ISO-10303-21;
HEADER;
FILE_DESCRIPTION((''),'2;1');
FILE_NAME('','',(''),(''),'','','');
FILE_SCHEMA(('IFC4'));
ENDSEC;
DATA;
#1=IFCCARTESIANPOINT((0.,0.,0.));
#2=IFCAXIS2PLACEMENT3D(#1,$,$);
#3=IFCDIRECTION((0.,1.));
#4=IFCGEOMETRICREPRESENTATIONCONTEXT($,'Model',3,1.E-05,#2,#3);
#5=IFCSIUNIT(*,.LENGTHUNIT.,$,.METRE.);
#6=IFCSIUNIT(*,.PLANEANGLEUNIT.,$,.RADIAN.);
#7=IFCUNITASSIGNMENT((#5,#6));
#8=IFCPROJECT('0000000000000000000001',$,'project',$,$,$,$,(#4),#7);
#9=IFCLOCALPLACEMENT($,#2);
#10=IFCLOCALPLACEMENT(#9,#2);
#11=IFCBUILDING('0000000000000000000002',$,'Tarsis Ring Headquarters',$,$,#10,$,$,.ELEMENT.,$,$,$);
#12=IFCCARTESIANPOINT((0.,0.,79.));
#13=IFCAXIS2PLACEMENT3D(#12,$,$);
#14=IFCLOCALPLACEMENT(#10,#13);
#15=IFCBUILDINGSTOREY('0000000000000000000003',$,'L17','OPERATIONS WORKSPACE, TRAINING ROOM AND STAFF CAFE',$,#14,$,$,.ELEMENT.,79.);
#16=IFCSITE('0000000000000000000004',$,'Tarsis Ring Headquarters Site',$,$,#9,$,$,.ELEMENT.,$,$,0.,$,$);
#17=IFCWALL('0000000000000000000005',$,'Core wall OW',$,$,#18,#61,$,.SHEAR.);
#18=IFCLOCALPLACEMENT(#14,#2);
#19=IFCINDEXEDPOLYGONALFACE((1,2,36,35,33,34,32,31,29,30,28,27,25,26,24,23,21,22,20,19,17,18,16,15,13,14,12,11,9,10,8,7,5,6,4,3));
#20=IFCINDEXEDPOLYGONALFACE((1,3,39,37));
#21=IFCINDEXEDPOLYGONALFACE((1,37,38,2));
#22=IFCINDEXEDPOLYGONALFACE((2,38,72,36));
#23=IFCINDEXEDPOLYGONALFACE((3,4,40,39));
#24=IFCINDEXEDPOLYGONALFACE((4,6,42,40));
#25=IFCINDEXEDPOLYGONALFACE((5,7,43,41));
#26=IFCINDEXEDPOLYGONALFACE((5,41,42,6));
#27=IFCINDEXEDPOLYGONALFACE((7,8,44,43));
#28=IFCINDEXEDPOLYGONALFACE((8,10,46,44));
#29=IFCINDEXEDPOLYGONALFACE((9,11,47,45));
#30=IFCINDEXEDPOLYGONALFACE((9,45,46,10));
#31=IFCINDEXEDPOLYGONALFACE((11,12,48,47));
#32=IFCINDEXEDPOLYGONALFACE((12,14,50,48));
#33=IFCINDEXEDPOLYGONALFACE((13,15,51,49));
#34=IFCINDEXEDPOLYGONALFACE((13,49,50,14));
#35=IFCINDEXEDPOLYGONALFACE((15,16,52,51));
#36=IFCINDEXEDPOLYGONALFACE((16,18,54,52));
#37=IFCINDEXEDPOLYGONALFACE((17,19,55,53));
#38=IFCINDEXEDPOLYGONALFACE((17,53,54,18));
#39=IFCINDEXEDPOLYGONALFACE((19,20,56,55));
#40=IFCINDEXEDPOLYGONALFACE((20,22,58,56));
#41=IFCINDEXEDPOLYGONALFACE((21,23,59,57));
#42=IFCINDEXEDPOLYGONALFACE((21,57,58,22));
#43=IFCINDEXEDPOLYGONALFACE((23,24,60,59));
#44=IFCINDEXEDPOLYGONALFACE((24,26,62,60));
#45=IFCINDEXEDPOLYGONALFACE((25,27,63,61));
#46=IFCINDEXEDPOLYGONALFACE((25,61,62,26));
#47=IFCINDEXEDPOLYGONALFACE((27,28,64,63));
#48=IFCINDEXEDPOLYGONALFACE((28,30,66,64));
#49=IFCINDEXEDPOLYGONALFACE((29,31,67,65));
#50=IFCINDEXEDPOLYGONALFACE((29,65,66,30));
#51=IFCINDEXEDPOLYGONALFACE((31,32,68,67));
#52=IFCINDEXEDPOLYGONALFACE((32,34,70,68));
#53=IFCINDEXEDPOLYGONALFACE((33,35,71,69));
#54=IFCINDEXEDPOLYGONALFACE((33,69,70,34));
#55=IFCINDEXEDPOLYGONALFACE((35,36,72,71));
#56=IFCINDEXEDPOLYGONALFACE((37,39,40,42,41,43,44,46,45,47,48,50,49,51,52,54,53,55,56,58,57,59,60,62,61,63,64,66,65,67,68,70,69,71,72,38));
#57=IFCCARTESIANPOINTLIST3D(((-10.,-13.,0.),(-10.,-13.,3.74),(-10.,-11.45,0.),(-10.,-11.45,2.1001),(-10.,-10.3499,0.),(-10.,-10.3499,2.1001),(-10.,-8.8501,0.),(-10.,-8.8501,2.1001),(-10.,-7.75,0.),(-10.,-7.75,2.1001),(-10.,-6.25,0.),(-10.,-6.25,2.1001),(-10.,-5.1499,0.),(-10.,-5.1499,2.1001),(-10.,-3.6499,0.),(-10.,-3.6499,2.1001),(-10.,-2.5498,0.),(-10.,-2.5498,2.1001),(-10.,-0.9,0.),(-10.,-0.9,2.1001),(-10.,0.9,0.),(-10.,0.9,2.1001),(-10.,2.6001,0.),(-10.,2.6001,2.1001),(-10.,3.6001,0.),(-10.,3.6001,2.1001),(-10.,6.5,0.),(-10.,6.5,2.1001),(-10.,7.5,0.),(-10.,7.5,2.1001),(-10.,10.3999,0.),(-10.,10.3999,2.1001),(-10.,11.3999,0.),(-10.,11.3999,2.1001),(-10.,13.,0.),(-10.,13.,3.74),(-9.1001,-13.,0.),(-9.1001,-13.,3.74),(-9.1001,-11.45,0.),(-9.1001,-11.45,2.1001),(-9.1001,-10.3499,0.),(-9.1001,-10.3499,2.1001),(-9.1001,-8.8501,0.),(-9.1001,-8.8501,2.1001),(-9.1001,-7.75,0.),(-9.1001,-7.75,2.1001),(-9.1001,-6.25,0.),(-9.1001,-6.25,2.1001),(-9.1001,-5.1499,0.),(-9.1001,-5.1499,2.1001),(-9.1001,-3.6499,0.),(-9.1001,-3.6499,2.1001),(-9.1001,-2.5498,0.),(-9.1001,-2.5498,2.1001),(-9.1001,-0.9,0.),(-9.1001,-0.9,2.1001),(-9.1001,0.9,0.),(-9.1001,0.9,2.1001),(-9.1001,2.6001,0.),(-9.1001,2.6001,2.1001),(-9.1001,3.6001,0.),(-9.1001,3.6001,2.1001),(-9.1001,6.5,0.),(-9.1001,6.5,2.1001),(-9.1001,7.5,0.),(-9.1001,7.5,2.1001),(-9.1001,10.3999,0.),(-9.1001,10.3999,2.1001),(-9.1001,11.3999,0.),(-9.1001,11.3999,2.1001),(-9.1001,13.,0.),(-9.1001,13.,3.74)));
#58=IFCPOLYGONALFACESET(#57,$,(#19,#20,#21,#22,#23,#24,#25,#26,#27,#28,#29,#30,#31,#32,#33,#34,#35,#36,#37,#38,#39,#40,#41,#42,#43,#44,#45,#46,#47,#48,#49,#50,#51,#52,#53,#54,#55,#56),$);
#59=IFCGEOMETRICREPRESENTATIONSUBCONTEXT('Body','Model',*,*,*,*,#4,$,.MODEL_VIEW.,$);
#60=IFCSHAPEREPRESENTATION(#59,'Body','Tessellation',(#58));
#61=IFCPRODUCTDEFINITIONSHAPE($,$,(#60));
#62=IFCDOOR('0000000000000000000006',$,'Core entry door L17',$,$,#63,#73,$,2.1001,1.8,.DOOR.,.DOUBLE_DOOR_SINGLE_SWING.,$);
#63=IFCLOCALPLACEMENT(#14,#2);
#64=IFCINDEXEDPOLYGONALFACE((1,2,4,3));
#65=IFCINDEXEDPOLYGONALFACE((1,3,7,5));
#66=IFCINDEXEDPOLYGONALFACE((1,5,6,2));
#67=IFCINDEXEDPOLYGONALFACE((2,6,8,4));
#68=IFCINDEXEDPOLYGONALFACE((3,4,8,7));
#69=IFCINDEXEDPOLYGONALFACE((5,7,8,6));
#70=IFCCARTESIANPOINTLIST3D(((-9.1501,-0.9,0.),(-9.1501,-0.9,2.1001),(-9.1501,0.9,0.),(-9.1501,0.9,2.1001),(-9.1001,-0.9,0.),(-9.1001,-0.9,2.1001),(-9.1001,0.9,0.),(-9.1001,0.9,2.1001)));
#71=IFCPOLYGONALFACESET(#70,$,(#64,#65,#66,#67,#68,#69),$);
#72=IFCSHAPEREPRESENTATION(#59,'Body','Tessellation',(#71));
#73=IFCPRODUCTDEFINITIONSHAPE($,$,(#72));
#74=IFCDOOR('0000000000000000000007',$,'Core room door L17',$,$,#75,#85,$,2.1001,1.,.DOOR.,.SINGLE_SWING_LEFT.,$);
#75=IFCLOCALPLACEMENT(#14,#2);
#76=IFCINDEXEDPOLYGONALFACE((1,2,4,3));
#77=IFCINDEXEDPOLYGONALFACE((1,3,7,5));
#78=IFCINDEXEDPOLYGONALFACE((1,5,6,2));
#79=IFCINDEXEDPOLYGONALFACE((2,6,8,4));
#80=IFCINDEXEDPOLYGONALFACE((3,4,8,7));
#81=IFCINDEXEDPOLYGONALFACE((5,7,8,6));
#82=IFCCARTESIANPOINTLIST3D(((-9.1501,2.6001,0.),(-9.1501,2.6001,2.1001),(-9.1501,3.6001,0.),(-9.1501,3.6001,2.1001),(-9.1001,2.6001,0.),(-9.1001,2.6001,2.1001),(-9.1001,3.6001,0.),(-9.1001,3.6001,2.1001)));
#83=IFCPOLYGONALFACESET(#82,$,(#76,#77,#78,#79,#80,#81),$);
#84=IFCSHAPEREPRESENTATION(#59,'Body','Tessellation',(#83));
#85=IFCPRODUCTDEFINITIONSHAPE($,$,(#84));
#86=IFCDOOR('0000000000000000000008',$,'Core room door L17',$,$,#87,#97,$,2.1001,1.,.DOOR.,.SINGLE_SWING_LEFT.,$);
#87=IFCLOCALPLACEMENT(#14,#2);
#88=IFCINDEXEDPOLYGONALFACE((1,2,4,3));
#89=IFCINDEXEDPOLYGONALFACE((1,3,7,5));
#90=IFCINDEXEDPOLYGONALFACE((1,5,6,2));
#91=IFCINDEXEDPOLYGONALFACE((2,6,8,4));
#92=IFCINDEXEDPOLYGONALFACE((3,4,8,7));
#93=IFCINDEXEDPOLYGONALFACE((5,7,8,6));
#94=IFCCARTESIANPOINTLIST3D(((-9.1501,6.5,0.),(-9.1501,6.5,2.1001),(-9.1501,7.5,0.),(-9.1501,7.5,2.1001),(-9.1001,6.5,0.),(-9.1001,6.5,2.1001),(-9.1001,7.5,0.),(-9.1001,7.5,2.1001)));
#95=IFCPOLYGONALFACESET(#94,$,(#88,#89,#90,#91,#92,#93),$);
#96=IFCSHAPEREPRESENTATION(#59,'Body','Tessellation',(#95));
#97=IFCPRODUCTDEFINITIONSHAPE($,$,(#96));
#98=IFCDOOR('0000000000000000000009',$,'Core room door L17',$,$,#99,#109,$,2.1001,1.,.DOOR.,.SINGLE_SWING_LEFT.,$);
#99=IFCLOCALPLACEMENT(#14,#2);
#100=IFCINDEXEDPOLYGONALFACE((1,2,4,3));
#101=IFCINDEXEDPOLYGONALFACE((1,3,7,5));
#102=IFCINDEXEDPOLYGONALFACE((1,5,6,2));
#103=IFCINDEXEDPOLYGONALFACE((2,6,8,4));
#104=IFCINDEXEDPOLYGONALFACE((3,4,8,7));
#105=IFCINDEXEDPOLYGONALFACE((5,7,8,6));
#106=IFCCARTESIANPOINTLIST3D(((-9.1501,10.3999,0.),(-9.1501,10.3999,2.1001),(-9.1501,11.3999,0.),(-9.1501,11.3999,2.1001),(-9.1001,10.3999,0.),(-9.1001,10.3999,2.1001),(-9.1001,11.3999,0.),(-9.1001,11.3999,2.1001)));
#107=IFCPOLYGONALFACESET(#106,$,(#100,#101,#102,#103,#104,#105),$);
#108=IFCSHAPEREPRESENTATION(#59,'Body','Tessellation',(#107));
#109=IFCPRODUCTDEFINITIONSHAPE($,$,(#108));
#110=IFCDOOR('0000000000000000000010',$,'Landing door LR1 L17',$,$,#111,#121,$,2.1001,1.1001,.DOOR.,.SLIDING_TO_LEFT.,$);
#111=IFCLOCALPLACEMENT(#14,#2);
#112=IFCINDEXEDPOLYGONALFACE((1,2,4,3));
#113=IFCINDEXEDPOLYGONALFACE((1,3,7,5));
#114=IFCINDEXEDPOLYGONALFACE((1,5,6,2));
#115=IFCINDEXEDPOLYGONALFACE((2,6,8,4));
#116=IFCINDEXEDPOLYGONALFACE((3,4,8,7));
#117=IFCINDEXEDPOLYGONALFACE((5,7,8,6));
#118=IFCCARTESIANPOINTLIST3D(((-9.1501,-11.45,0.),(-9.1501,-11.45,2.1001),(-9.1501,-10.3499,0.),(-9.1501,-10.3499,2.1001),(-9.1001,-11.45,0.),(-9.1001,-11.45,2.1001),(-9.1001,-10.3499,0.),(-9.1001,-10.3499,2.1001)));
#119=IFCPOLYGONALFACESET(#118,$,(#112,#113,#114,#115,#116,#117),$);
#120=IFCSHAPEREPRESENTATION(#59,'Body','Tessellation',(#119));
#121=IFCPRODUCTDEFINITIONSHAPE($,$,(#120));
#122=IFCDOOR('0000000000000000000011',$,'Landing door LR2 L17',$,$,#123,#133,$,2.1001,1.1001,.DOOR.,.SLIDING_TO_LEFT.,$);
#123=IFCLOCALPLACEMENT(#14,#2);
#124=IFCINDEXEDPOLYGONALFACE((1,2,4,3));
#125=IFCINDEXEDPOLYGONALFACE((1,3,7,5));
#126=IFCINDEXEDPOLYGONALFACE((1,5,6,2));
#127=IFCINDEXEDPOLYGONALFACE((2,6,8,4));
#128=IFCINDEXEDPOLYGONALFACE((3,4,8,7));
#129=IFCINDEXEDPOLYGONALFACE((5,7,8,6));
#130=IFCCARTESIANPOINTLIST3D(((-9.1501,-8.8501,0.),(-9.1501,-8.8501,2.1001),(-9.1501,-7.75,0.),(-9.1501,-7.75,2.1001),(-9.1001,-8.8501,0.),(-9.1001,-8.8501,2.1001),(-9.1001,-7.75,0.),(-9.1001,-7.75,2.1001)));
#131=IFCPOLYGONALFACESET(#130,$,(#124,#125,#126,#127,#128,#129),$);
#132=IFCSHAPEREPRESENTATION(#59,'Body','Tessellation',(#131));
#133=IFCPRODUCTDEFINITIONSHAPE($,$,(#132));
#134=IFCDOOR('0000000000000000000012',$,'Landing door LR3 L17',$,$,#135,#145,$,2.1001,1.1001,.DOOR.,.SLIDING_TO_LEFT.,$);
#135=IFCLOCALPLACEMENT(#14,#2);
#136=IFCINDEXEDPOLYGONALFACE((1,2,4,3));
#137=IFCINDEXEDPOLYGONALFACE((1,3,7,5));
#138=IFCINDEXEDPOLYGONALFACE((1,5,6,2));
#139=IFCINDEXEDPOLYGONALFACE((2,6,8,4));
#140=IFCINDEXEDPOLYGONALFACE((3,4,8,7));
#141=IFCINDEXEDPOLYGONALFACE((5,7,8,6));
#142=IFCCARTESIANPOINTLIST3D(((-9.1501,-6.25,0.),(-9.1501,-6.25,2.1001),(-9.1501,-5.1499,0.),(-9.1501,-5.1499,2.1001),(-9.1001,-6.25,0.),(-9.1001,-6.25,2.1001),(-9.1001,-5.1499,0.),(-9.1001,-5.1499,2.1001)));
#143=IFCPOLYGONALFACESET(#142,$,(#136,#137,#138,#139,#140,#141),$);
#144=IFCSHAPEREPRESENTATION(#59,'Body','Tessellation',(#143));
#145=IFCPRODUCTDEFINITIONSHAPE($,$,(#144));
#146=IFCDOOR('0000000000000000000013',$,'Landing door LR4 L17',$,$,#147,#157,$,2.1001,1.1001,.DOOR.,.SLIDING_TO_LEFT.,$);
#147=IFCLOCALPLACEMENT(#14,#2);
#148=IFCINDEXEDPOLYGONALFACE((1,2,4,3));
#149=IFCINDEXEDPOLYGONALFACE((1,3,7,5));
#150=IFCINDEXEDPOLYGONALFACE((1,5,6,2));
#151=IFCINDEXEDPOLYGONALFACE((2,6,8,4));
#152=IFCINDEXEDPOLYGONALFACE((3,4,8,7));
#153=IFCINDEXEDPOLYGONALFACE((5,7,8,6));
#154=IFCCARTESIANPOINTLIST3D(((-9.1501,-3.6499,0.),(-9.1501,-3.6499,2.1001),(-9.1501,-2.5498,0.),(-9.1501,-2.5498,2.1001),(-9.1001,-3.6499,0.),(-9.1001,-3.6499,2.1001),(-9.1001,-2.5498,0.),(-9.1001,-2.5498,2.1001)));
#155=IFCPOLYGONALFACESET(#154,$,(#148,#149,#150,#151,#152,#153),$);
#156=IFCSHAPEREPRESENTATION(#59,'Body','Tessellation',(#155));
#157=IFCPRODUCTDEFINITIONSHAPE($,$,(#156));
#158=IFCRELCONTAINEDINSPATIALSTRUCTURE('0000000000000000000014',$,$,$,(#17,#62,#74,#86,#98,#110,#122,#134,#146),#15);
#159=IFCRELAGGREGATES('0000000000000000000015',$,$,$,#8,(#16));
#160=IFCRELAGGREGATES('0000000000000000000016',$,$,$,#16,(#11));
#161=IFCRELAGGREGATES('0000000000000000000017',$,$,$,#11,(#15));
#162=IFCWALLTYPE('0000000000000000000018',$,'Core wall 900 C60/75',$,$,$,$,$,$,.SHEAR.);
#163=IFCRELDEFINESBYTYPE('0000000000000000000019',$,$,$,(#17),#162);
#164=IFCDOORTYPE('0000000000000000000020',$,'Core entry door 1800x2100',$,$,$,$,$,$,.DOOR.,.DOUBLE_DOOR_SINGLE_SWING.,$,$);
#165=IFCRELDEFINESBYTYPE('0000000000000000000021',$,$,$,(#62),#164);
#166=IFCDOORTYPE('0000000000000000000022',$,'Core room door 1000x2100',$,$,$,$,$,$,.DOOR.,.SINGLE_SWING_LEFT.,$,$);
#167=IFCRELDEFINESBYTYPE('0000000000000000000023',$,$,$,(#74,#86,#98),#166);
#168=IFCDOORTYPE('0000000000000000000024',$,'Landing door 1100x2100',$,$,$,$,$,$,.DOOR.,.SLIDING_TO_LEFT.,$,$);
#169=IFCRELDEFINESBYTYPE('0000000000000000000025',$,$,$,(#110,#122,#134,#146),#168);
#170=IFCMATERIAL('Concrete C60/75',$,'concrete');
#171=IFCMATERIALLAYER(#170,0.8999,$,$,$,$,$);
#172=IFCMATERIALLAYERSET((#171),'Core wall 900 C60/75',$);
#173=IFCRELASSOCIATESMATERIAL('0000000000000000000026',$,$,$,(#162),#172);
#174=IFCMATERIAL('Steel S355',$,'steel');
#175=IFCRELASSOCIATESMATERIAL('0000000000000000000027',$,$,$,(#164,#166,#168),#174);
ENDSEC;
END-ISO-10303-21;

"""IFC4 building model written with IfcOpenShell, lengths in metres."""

from ifc_helpers import new_model, si_unit, direction, frame, frame_2d, origin, place, context, subcontext, project, spatial, rectangle, extrude, material, layer, layer_set, type_object, element, fill, save


model = new_model("IFC4")

# Units and contexts
model_context = context("Model", 3, precision=1e-05, world=origin(), true_north=direction((0.0, 1.0)))
body_context = subcontext(model_context, "Body", "Model", "MODEL_VIEW")
ifc_project = project(units=[si_unit("LENGTHUNIT", "METRE"), si_unit("PLANEANGLEUNIT", "RADIAN")], contexts=[model_context])

# Site, building, storey
site_placement = place(None, origin())
site = spatial("IfcSite", under=ifc_project, at=site_placement, Name="Tarsis Ring Headquarters Site", CompositionType="ELEMENT", RefElevation=0.0)
building_placement = place(site_placement, origin())
building = spatial("IfcBuilding", under=site, at=building_placement, Name="Tarsis Ring Headquarters", CompositionType="ELEMENT")
storey_placement = place(building_placement, frame((0.0, 0.0, 79.0)))
storey = spatial("IfcBuildingStorey", under=building, at=storey_placement, Name="L17", Description="OPERATIONS WORKSPACE, TRAINING ROOM AND STAFF CAFE", CompositionType="ELEMENT", Elevation=79.0)

# Wall, openings, doors
ifc_material_1 = material(Name="Concrete C60/75", Category="concrete")
ifc_layer_1 = layer(ifc_material_1, 0.8999)
ifc_layer_set_1 = layer_set([ifc_layer_1], Name="Core wall 900 C60/75")
wall_type_1 = type_object("IfcWallType", Name="Core wall 900 C60/75", PredefinedType="SHEAR", material=ifc_layer_set_1)
wall_1_placement = place(storey_placement, frame((-9.55, -13.0, 0.0), z_axis=(0.0, 0.0, 1.0), x_axis=(0.0, 1.0, 0.0)))
wall_1 = element("IfcWall", 1, at=wall_1_placement, inside=storey, type_object=wall_type_1, Name="Core wall OW", PredefinedType="SHEAR", context=body_context, shape_type="SweptSolid", body=[
    extrude(rectangle(XDim=26.0, YDim=0.8999, at=frame_2d((13.0, 0.0))), origin(), (0.0, 0.0, 1.0), 3.74),
])
opening_1_placement = place(wall_1_placement, frame((1.55, 0.0, 0.0)))
opening_1 = element("IfcOpeningElement", 2, at=opening_1_placement, cuts=wall_1, PredefinedType="OPENING", context=body_context, shape_type="SweptSolid", body=[
    extrude(rectangle(XDim=1.1001, YDim=2.1001, at=frame_2d((0.55, 1.05))), frame((0.0, 0.46, 0.0), z_axis=(0.0, -1.0, 0.0), x_axis=(1.0, 0.0, 0.0)), (0.0, 0.0, 1.0), 0.9199),
])
opening_2_placement = place(wall_1_placement, frame((4.1499, 0.0, 0.0)))
opening_2 = element("IfcOpeningElement", 3, at=opening_2_placement, cuts=wall_1, PredefinedType="OPENING", context=body_context, shape_type="SweptSolid", body=[
    extrude(rectangle(XDim=1.1001, YDim=2.1001, at=frame_2d((0.55, 1.05))), frame((0.0, 0.46, 0.0), z_axis=(0.0, -1.0, 0.0), x_axis=(1.0, 0.0, 0.0)), (0.0, 0.0, 1.0), 0.9199),
])
opening_3_placement = place(wall_1_placement, frame((6.75, 0.0, 0.0)))
opening_3 = element("IfcOpeningElement", 4, at=opening_3_placement, cuts=wall_1, PredefinedType="OPENING", context=body_context, shape_type="SweptSolid", body=[
    extrude(rectangle(XDim=1.1001, YDim=2.1001, at=frame_2d((0.55, 1.05))), frame((0.0, 0.46, 0.0), z_axis=(0.0, -1.0, 0.0), x_axis=(1.0, 0.0, 0.0)), (0.0, 0.0, 1.0), 0.9199),
])
opening_4_placement = place(wall_1_placement, frame((9.3501, 0.0, 0.0)))
opening_4 = element("IfcOpeningElement", 5, at=opening_4_placement, cuts=wall_1, PredefinedType="OPENING", context=body_context, shape_type="SweptSolid", body=[
    extrude(rectangle(XDim=1.1001, YDim=2.1001, at=frame_2d((0.55, 1.05))), frame((0.0, 0.46, 0.0), z_axis=(0.0, -1.0, 0.0), x_axis=(1.0, 0.0, 0.0)), (0.0, 0.0, 1.0), 0.9199),
])
opening_5_placement = place(wall_1_placement, frame((12.1001, 0.0, 0.0)))
opening_5 = element("IfcOpeningElement", 6, at=opening_5_placement, cuts=wall_1, PredefinedType="OPENING", context=body_context, shape_type="SweptSolid", body=[
    extrude(rectangle(XDim=1.8, YDim=2.1001, at=frame_2d((0.8999, 1.05))), frame((0.0, 0.46, 0.0), z_axis=(0.0, -1.0, 0.0), x_axis=(1.0, 0.0, 0.0)), (0.0, 0.0, 1.0), 0.9199),
])
opening_6_placement = place(wall_1_placement, frame((15.6001, 0.0, 0.0)))
opening_6 = element("IfcOpeningElement", 7, at=opening_6_placement, cuts=wall_1, PredefinedType="OPENING", context=body_context, shape_type="SweptSolid", body=[
    extrude(rectangle(XDim=1.0, YDim=2.1001, at=frame_2d((0.5, 1.05))), frame((0.0, 0.46, 0.0), z_axis=(0.0, -1.0, 0.0), x_axis=(1.0, 0.0, 0.0)), (0.0, 0.0, 1.0), 0.9199),
])
opening_7_placement = place(wall_1_placement, frame((19.5, 0.0, 0.0)))
opening_7 = element("IfcOpeningElement", 8, at=opening_7_placement, cuts=wall_1, PredefinedType="OPENING", context=body_context, shape_type="SweptSolid", body=[
    extrude(rectangle(XDim=1.0, YDim=2.1001, at=frame_2d((0.5, 1.05))), frame((0.0, 0.46, 0.0), z_axis=(0.0, -1.0, 0.0), x_axis=(1.0, 0.0, 0.0)), (0.0, 0.0, 1.0), 0.9199),
])
opening_8_placement = place(wall_1_placement, frame((23.3999, 0.0, 0.0)))
opening_8 = element("IfcOpeningElement", 9, at=opening_8_placement, cuts=wall_1, PredefinedType="OPENING", context=body_context, shape_type="SweptSolid", body=[
    extrude(rectangle(XDim=1.0, YDim=2.1001, at=frame_2d((0.5, 1.05))), frame((0.0, 0.46, 0.0), z_axis=(0.0, -1.0, 0.0), x_axis=(1.0, 0.0, 0.0)), (0.0, 0.0, 1.0), 0.9199),
])
ifc_material_2 = material(Name="Steel S355", Category="steel")
door_type_1 = type_object("IfcDoorType", Name="Core entry door 1800x2100", OperationType="DOUBLE_DOOR_SINGLE_SWING", PredefinedType="DOOR", material=ifc_material_2)
door_1_placement = place(opening_5_placement, origin())
door_1 = element("IfcDoor", 10, at=door_1_placement, inside=storey, type_object=door_type_1, Name="Core entry door L17", OperationType="DOUBLE_DOOR_SINGLE_SWING", OverallHeight=2.1001, OverallWidth=1.8, PredefinedType="DOOR", context=body_context, shape_type="SweptSolid", body=[
    extrude(rectangle(XDim=1.8, YDim=2.1001, at=frame_2d((0.8999, 1.05))), frame((0.0, -0.3999, 0.0), z_axis=(0.0, -1.0, 0.0), x_axis=(1.0, 0.0, 0.0)), (0.0, 0.0, 1.0), 0.05),
])
fill(opening_5, door_1)
door_type_2 = type_object("IfcDoorType", Name="Core room door 1000x2100", OperationType="SINGLE_SWING_LEFT", PredefinedType="DOOR", material=ifc_material_2)
door_2_placement = place(opening_6_placement, origin())
door_2 = element("IfcDoor", 11, at=door_2_placement, inside=storey, type_object=door_type_2, Name="Core room door L17", OperationType="SINGLE_SWING_LEFT", OverallHeight=2.1001, OverallWidth=1.0, PredefinedType="DOOR", context=body_context, shape_type="SweptSolid", body=[
    extrude(rectangle(XDim=1.0, YDim=2.1001, at=frame_2d((0.5, 1.05))), frame((0.0, -0.3999, 0.0), z_axis=(0.0, -1.0, 0.0), x_axis=(1.0, 0.0, 0.0)), (0.0, 0.0, 1.0), 0.05),
])
fill(opening_6, door_2)
door_3_placement = place(opening_7_placement, origin())
door_3 = element("IfcDoor", 12, at=door_3_placement, inside=storey, type_object=door_type_2, Name="Core room door L17", OperationType="SINGLE_SWING_LEFT", OverallHeight=2.1001, OverallWidth=1.0, PredefinedType="DOOR", context=body_context, shape_type="SweptSolid", body=[
    extrude(rectangle(XDim=1.0, YDim=2.1001, at=frame_2d((0.5, 1.05))), frame((0.0, -0.3999, 0.0), z_axis=(0.0, -1.0, 0.0), x_axis=(1.0, 0.0, 0.0)), (0.0, 0.0, 1.0), 0.05),
])
fill(opening_7, door_3)
door_4_placement = place(opening_8_placement, origin())
door_4 = element("IfcDoor", 13, at=door_4_placement, inside=storey, type_object=door_type_2, Name="Core room door L17", OperationType="SINGLE_SWING_LEFT", OverallHeight=2.1001, OverallWidth=1.0, PredefinedType="DOOR", context=body_context, shape_type="SweptSolid", body=[
    extrude(rectangle(XDim=1.0, YDim=2.1001, at=frame_2d((0.5, 1.05))), frame((0.0, -0.3999, 0.0), z_axis=(0.0, -1.0, 0.0), x_axis=(1.0, 0.0, 0.0)), (0.0, 0.0, 1.0), 0.05),
])
fill(opening_8, door_4)
door_type_3 = type_object("IfcDoorType", Name="Landing door 1100x2100", OperationType="SLIDING_TO_LEFT", PredefinedType="DOOR", material=ifc_material_2)
door_5_placement = place(opening_1_placement, origin())
door_5 = element("IfcDoor", 14, at=door_5_placement, inside=storey, type_object=door_type_3, Name="Landing door LR1 L17", OperationType="SLIDING_TO_LEFT", OverallHeight=2.1001, OverallWidth=1.1001, PredefinedType="DOOR", context=body_context, shape_type="SweptSolid", body=[
    extrude(rectangle(XDim=1.1001, YDim=2.1001, at=frame_2d((0.55, 1.05))), frame((0.0, -0.3999, 0.0), z_axis=(0.0, -1.0, 0.0), x_axis=(1.0, 0.0, 0.0)), (0.0, 0.0, 1.0), 0.05),
])
fill(opening_1, door_5)
door_6_placement = place(opening_2_placement, origin())
door_6 = element("IfcDoor", 15, at=door_6_placement, inside=storey, type_object=door_type_3, Name="Landing door LR2 L17", OperationType="SLIDING_TO_LEFT", OverallHeight=2.1001, OverallWidth=1.1001, PredefinedType="DOOR", context=body_context, shape_type="SweptSolid", body=[
    extrude(rectangle(XDim=1.1001, YDim=2.1001, at=frame_2d((0.55, 1.05))), frame((0.0, -0.3999, 0.0), z_axis=(0.0, -1.0, 0.0), x_axis=(1.0, 0.0, 0.0)), (0.0, 0.0, 1.0), 0.05),
])
fill(opening_2, door_6)
door_7_placement = place(opening_3_placement, origin())
door_7 = element("IfcDoor", 16, at=door_7_placement, inside=storey, type_object=door_type_3, Name="Landing door LR3 L17", OperationType="SLIDING_TO_LEFT", OverallHeight=2.1001, OverallWidth=1.1001, PredefinedType="DOOR", context=body_context, shape_type="SweptSolid", body=[
    extrude(rectangle(XDim=1.1001, YDim=2.1001, at=frame_2d((0.55, 1.05))), frame((0.0, -0.3999, 0.0), z_axis=(0.0, -1.0, 0.0), x_axis=(1.0, 0.0, 0.0)), (0.0, 0.0, 1.0), 0.05),
])
fill(opening_3, door_7)
door_8_placement = place(opening_4_placement, origin())
door_8 = element("IfcDoor", 17, at=door_8_placement, inside=storey, type_object=door_type_3, Name="Landing door LR4 L17", OperationType="SLIDING_TO_LEFT", OverallHeight=2.1001, OverallWidth=1.1001, PredefinedType="DOOR", context=body_context, shape_type="SweptSolid", body=[
    extrude(rectangle(XDim=1.1001, YDim=2.1001, at=frame_2d((0.55, 1.05))), frame((0.0, -0.3999, 0.0), z_axis=(0.0, -1.0, 0.0), x_axis=(1.0, 0.0, 0.0)), (0.0, 0.0, 1.0), 0.05),
])
fill(opening_4, door_8)

save(model, "model.ifc")
